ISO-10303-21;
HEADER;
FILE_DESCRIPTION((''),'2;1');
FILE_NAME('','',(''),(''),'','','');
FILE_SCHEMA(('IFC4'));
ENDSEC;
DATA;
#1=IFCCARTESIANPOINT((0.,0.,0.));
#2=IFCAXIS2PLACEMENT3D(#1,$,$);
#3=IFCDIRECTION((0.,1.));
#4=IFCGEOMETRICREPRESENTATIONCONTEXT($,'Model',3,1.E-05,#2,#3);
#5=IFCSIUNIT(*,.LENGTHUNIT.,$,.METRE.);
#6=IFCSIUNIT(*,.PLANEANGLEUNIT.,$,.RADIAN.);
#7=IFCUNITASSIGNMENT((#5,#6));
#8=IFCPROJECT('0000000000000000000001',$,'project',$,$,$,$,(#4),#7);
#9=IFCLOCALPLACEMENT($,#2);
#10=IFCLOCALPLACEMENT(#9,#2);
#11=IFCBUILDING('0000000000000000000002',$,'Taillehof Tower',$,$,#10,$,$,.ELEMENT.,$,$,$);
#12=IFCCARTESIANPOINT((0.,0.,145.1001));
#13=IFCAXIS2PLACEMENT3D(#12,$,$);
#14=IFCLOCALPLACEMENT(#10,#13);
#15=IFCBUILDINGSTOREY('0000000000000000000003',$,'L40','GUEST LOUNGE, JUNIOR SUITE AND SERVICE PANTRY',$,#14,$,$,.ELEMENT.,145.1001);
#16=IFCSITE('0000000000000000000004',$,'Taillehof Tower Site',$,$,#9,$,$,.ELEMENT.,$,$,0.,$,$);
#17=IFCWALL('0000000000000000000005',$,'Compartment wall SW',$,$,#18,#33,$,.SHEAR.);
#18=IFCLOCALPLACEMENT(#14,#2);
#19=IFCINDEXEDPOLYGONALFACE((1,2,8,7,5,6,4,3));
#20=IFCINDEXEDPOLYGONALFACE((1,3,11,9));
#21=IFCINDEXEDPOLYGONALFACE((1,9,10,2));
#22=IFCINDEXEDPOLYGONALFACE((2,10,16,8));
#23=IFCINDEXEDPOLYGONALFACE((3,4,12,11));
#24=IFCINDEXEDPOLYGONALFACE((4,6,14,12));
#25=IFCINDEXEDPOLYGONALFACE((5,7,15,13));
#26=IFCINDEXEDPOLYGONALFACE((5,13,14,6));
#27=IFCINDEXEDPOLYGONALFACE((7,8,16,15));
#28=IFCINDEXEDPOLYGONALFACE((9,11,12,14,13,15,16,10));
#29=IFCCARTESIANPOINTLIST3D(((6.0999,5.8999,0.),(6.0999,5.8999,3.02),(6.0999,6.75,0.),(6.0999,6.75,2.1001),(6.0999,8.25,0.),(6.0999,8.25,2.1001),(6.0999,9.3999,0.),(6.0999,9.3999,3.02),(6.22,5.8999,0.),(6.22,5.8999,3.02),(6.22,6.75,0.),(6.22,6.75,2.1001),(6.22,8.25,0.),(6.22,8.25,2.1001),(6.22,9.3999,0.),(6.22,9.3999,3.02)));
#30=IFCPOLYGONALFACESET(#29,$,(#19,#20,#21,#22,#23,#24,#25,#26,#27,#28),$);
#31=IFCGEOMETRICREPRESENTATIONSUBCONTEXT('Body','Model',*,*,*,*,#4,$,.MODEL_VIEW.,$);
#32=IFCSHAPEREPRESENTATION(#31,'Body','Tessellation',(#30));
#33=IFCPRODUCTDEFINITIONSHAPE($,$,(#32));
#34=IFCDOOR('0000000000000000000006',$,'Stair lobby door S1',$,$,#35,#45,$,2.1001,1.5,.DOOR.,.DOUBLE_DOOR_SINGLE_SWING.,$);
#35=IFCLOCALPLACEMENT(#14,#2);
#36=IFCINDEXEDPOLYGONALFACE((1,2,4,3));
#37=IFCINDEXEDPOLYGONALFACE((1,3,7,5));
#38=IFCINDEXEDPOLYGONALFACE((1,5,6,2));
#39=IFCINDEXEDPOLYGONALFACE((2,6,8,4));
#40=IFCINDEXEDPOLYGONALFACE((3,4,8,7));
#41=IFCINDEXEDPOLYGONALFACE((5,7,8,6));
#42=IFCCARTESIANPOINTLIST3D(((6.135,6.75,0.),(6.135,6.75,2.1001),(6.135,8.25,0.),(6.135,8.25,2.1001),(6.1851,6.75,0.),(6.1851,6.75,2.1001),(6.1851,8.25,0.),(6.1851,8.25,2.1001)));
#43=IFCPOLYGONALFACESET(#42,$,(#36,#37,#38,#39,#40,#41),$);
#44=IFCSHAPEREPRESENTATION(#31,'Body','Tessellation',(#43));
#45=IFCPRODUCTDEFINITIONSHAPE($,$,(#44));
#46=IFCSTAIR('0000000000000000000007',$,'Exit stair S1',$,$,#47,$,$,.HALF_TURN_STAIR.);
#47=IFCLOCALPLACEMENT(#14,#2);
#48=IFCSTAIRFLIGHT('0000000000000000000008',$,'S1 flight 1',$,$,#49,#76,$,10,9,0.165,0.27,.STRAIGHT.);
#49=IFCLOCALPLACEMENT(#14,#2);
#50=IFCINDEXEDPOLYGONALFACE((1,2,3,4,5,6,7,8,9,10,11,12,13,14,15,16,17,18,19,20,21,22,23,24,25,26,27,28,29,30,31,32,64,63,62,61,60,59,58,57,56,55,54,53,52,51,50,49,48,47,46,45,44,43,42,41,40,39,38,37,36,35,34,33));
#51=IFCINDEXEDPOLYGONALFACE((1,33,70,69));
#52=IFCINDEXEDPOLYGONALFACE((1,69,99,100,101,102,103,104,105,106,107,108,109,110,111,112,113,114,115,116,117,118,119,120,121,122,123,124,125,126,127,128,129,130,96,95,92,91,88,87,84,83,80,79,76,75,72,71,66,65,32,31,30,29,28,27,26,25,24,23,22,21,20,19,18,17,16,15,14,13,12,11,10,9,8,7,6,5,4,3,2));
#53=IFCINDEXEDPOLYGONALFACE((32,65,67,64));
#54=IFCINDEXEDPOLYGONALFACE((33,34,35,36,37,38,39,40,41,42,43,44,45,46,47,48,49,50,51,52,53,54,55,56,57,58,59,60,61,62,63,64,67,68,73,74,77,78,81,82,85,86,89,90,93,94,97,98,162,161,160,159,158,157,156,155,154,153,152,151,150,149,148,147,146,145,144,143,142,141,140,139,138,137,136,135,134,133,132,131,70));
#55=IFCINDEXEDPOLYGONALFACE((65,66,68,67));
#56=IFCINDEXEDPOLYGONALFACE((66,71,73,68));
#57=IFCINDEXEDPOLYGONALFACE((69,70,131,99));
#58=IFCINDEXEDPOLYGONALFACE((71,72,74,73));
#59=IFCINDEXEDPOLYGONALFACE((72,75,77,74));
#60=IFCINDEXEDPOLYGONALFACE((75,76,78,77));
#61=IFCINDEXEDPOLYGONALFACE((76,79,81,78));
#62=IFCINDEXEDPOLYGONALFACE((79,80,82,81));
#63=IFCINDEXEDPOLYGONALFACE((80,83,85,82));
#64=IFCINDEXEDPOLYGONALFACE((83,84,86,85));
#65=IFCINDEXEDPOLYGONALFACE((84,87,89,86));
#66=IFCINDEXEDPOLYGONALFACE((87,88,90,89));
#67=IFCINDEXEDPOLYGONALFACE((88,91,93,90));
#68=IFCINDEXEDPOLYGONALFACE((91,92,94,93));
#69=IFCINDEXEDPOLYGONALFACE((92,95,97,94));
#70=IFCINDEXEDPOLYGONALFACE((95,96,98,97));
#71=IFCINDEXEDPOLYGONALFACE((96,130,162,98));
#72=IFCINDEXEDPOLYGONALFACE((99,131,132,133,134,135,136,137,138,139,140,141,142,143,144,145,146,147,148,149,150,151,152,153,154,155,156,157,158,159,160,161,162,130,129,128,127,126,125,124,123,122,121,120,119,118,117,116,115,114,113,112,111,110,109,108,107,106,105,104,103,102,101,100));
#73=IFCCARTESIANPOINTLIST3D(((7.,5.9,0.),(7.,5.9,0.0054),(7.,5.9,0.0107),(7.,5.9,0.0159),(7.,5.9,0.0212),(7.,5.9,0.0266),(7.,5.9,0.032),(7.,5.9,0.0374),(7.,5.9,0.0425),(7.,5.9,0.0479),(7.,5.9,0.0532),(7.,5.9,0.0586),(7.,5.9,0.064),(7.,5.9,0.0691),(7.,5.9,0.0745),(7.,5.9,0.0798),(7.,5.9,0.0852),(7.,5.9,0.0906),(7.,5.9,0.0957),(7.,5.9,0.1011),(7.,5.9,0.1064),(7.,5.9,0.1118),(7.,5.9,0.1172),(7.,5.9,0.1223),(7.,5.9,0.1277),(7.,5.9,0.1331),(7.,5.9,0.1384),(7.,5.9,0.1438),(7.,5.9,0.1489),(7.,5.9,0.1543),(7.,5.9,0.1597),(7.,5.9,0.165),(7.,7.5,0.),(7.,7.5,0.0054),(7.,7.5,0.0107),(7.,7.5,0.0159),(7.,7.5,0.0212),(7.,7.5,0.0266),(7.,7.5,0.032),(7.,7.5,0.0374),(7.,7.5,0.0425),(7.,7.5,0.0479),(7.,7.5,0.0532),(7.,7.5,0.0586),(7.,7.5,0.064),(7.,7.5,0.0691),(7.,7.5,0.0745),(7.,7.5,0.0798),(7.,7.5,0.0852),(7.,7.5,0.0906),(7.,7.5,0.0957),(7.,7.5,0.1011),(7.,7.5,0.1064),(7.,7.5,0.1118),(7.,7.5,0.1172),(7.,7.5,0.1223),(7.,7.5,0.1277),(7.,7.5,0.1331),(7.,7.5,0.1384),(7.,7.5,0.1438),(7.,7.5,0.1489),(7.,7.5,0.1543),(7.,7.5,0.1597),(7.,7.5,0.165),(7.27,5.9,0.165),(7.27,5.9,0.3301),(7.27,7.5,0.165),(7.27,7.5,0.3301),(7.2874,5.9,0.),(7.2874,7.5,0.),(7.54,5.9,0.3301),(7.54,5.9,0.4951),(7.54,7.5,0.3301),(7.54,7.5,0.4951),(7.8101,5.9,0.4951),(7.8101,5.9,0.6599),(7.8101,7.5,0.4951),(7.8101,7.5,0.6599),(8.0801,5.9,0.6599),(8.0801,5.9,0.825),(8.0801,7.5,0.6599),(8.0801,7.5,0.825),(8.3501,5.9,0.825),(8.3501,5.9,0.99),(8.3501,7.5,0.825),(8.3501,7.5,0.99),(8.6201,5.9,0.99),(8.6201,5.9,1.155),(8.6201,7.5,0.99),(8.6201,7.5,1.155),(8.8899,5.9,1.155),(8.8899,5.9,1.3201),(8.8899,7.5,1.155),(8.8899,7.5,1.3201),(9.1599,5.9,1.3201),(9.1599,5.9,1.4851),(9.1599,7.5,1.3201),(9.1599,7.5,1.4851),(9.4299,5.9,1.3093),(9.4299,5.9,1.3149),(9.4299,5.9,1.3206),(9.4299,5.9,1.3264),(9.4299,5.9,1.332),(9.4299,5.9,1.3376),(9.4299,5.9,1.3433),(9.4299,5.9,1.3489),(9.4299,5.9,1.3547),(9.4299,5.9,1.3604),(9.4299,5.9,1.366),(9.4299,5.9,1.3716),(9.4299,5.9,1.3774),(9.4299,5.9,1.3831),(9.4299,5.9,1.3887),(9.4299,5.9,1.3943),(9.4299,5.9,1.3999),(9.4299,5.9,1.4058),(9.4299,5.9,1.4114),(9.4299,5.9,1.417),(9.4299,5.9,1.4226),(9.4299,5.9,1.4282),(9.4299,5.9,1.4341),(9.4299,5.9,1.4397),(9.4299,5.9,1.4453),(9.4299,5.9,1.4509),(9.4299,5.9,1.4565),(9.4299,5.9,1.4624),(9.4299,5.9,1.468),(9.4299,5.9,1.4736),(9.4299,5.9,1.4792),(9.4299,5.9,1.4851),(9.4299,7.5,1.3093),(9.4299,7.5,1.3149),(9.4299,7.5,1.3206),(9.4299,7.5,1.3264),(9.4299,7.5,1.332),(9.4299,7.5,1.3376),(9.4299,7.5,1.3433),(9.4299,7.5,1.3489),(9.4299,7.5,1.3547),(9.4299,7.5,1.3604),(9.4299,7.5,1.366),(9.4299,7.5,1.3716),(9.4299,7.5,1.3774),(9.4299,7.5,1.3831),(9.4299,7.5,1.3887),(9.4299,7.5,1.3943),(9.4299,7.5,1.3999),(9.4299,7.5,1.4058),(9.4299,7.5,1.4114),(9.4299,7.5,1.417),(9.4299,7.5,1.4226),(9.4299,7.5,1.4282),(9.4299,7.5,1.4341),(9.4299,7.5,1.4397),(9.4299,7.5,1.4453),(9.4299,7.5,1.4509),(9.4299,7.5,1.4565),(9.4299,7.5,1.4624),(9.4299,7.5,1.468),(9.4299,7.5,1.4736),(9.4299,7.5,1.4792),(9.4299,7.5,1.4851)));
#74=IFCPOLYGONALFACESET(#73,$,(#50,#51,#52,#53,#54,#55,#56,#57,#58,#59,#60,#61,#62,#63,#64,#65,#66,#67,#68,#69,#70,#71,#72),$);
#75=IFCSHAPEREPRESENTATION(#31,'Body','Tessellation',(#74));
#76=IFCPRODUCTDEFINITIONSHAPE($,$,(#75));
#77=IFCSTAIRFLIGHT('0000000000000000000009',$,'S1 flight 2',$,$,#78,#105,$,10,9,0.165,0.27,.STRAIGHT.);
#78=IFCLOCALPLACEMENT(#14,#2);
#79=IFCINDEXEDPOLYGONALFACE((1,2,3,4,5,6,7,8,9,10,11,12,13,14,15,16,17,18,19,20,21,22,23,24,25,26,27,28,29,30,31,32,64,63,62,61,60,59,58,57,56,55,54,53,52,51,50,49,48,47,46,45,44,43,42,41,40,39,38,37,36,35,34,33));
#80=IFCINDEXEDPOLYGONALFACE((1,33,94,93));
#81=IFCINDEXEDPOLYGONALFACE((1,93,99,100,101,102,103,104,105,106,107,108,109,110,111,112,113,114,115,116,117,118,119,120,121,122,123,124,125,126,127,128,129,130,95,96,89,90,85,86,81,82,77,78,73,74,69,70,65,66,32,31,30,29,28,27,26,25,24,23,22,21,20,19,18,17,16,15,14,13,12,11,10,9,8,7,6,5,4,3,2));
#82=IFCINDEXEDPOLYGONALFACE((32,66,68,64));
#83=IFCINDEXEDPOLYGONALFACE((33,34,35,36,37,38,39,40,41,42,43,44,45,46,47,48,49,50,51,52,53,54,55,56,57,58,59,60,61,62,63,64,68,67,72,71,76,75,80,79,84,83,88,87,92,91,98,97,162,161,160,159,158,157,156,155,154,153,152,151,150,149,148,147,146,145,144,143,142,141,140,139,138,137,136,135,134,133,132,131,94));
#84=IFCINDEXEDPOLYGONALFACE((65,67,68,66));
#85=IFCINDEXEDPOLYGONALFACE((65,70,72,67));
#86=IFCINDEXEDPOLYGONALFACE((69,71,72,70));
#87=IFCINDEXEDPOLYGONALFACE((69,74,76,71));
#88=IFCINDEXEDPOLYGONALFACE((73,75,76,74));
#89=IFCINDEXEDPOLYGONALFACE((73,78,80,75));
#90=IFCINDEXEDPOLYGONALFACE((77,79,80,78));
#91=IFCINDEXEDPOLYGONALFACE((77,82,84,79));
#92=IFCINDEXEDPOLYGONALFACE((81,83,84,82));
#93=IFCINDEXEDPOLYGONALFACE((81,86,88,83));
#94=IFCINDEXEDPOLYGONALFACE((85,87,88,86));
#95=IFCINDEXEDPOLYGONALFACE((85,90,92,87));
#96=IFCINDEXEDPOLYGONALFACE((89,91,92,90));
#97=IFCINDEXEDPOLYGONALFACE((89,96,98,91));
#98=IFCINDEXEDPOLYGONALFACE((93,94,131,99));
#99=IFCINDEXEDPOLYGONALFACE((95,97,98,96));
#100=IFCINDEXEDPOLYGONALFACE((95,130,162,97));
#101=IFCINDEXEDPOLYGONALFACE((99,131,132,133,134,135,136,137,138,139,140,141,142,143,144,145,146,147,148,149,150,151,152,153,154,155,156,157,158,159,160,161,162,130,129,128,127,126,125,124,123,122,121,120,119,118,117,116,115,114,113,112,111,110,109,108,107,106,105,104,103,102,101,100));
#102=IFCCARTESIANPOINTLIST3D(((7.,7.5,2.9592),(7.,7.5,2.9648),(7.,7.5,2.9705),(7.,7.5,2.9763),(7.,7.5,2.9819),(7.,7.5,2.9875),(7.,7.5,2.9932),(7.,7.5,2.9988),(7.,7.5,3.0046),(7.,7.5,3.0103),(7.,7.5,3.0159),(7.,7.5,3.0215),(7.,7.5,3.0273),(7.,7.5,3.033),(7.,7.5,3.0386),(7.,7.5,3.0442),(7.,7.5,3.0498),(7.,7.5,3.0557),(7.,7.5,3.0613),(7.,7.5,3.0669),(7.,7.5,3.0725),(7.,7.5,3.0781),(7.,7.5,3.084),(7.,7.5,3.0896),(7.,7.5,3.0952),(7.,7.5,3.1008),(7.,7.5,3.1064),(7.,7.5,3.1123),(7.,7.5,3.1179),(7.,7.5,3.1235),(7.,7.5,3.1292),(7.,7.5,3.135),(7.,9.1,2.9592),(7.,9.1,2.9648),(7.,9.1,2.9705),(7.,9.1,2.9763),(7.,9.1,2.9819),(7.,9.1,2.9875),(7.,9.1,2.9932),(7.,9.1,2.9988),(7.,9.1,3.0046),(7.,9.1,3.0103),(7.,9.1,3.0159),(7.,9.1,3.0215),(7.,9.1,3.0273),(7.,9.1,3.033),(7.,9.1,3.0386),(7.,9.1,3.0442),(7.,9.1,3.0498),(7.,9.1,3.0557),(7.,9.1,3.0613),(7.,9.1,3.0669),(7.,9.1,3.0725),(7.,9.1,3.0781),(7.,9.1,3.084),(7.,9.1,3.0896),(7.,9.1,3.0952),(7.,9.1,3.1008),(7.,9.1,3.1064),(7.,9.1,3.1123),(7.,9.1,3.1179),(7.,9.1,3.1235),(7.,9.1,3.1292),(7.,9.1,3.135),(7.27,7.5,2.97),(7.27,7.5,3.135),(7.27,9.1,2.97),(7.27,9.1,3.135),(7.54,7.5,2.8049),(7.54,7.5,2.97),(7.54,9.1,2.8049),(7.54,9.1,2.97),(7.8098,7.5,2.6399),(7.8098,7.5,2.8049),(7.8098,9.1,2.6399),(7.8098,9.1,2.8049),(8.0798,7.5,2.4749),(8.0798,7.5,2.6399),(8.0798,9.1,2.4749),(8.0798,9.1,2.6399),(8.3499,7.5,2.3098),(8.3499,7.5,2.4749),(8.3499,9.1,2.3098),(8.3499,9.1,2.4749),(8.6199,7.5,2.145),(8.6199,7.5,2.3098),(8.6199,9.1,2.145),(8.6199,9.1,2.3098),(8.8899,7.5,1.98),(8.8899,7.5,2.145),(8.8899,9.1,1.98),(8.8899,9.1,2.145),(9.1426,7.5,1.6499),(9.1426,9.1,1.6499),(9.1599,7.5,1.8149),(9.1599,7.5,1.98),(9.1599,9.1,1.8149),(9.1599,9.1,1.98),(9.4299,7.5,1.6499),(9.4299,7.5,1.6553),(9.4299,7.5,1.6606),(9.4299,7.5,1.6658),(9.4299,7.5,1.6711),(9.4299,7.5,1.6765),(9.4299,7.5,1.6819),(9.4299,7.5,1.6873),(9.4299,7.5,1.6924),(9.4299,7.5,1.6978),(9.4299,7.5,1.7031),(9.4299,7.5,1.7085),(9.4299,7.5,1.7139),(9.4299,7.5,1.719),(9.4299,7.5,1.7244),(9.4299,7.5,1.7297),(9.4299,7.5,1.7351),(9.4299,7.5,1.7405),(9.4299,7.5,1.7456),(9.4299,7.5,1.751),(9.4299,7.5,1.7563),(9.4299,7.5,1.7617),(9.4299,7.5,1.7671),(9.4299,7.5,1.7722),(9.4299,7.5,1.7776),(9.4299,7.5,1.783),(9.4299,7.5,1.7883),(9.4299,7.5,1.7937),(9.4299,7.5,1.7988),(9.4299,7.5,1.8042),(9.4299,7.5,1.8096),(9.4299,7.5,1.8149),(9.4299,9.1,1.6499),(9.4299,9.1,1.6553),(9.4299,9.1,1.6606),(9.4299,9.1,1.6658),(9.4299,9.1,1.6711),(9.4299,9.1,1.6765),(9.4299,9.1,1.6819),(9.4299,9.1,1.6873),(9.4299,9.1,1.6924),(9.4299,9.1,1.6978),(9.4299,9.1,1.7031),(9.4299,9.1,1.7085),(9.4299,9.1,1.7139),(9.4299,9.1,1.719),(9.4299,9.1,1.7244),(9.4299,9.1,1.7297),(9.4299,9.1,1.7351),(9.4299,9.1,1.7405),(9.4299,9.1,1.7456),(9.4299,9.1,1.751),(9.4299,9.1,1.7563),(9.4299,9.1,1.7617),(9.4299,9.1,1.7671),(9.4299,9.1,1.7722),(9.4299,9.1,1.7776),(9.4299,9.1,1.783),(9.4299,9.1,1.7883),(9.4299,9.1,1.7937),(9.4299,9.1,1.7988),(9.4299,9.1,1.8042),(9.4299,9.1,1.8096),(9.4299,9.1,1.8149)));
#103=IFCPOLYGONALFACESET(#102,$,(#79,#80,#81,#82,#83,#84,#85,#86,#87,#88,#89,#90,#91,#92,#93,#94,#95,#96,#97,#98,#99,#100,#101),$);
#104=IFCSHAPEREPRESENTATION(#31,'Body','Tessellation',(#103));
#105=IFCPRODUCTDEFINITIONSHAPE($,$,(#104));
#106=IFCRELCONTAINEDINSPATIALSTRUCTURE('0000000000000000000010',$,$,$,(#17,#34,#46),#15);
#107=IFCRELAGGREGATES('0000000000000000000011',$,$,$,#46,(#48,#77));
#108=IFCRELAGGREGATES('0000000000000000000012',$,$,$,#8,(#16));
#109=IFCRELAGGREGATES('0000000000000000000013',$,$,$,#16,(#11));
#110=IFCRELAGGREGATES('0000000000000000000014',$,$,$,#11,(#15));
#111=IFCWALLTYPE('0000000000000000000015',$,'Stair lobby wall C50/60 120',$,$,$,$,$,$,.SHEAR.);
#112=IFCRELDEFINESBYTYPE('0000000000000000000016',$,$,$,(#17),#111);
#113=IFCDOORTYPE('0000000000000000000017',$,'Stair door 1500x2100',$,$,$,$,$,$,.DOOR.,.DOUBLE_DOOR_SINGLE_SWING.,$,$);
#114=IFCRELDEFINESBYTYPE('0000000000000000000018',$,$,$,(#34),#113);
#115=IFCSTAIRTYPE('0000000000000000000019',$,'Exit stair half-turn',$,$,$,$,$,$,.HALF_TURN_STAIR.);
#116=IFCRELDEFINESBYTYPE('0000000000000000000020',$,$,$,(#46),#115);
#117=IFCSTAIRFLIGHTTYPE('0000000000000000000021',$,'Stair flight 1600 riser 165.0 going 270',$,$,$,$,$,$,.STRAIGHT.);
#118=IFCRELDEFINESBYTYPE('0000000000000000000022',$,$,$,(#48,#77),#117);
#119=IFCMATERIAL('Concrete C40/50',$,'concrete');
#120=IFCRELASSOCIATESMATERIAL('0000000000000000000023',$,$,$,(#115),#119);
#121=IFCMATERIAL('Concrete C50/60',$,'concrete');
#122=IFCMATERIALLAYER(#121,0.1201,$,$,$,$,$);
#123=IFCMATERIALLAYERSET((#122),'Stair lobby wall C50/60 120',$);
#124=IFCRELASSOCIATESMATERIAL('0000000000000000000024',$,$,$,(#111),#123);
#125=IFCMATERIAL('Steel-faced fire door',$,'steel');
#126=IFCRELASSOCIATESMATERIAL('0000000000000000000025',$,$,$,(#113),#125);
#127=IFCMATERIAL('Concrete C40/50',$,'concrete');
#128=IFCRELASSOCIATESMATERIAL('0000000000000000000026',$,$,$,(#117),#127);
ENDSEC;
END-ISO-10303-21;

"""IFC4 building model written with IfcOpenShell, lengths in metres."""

from ifc_helpers import new_model, si_unit, direction, frame, frame_2d, origin, place, context, subcontext, project, spatial, polyline, rectangle, outline, extrude, material, layer, layer_set, type_object, element, fill, aggregate, save


model = new_model("IFC4")

# Units and contexts
model_context = context("Model", 3, precision=1e-05, world=origin(), true_north=direction((0.0, 1.0)))
body_context = subcontext(model_context, "Body", "Model", "MODEL_VIEW")
ifc_project = project(units=[si_unit("LENGTHUNIT", "METRE"), si_unit("PLANEANGLEUNIT", "RADIAN")], contexts=[model_context])

# Site, building, storey
site_placement = place(None, origin())
site = spatial("IfcSite", under=ifc_project, at=site_placement, Name="Taillehof Tower Site", CompositionType="ELEMENT", RefElevation=0.0)
building_placement = place(site_placement, origin())
building = spatial("IfcBuilding", under=site, at=building_placement, Name="Taillehof Tower", CompositionType="ELEMENT")
storey_placement = place(building_placement, frame((0.0, 0.0, 145.1001)))
storey = spatial("IfcBuildingStorey", under=building, at=storey_placement, Name="L40", Description="GUEST LOUNGE, JUNIOR SUITE AND SERVICE PANTRY", CompositionType="ELEMENT", Elevation=145.1001)

# Shared definitions
ifc_material_1 = material(Name="Concrete C40/50", Category="concrete")
stair_type = type_object("IfcStairType", Name="Exit stair half-turn", PredefinedType="HALF_TURN_STAIR", material=ifc_material_1)

# Wall, opening, door
ifc_material_2 = material(Name="Concrete C50/60", Category="concrete")
ifc_layer_1 = layer(ifc_material_2, 0.1201)
ifc_layer_set_1 = layer_set([ifc_layer_1], Name="Stair lobby wall C50/60 120")
wall_type_1 = type_object("IfcWallType", Name="Stair lobby wall C50/60 120", PredefinedType="SHEAR", material=ifc_layer_set_1)
wall_1_placement = place(storey_placement, frame((6.1599, 5.8999, 0.0), z_axis=(0.0, 0.0, 1.0), x_axis=(0.0, 1.0, 0.0)))
wall_1 = element("IfcWall", 1, at=wall_1_placement, inside=storey, type_object=wall_type_1, Name="Compartment wall SW", PredefinedType="SHEAR", context=body_context, shape_type="SweptSolid", body=[
    extrude(rectangle(XDim=3.5, YDim=0.1201, at=frame_2d((1.75, 0.0))), origin(), (0.0, 0.0, 1.0), 3.02),
])
opening_1_placement = place(wall_1_placement, frame((0.8501, 0.0, 0.0)))
opening_1 = element("IfcOpeningElement", 2, at=opening_1_placement, cuts=wall_1, PredefinedType="OPENING", context=body_context, shape_type="SweptSolid", body=[
    extrude(rectangle(XDim=1.5, YDim=2.1001, at=frame_2d((0.75, 1.05))), frame((0.0, 0.0701, 0.0), z_axis=(0.0, -1.0, 0.0), x_axis=(1.0, 0.0, 0.0)), (0.0, 0.0, 1.0), 0.1401),
])
ifc_material_3 = material(Name="Steel-faced fire door", Category="steel")
door_type_1 = type_object("IfcDoorType", Name="Stair door 1500x2100", OperationType="DOUBLE_DOOR_SINGLE_SWING", PredefinedType="DOOR", material=ifc_material_3)
door_1_placement = place(opening_1_placement, origin())
door_1 = element("IfcDoor", 3, at=door_1_placement, inside=storey, type_object=door_type_1, Name="Stair lobby door S1", OperationType="DOUBLE_DOOR_SINGLE_SWING", OverallHeight=2.1001, OverallWidth=1.5, PredefinedType="DOOR", context=body_context, shape_type="SweptSolid", body=[
    extrude(rectangle(XDim=1.5, YDim=2.1001, at=frame_2d((0.75, 1.05))), frame((0.0, 0.0249, 0.0), z_axis=(0.0, -1.0, 0.0), x_axis=(1.0, 0.0, 0.0)), (0.0, 0.0, 1.0), 0.05),
])
fill(opening_1, door_1)

# Stair, stair flights
stair_1_placement = place(storey_placement, origin())
stair_1 = element("IfcStair", 4, at=stair_1_placement, inside=storey, type_object=stair_type, Name="Exit stair S1", PredefinedType="HALF_TURN_STAIR")
ifc_material_4 = material(Name="Concrete C40/50", Category="concrete")
stair_flight_type = type_object("IfcStairFlightType", Name="Stair flight 1600 riser 165.0 going 270", PredefinedType="STRAIGHT", material=ifc_material_4)
stair_flight_1_placement = place(storey_placement, frame((7.0, 6.7, 0.0), z_axis=(0.0, 0.0, 1.0), x_axis=(1.0, 0.0, 0.0)))
stair_flight_1 = element("IfcStairFlight", 5, at=stair_flight_1_placement, type_object=stair_flight_type, Name="S1 flight 1", NumberOfRisers=10, NumberOfTreads=9, PredefinedType="STRAIGHT", RiserHeight=0.165, TreadLength=0.27, context=body_context, shape_type="SweptSolid", body=[
    extrude(outline(polyline([(0.0, 0.0), (0.0, 0.0054), (0.0, 0.0107), (0.0, 0.0159), (0.0, 0.0212), (0.0, 0.0266), (0.0, 0.032), (0.0, 0.0374), (0.0, 0.0425), (0.0, 0.0479), (0.0, 0.0532), (0.0, 0.0586), (0.0, 0.064), (0.0, 0.0691), (0.0, 0.0745), (0.0, 0.0798), (0.0, 0.0852), (0.0, 0.0906), (0.0, 0.0957), (0.0, 0.1011), (0.0, 0.1064), (0.0, 0.1118), (0.0, 0.1172), (0.0, 0.1223), (0.0, 0.1277), (0.0, 0.1331), (0.0, 0.1384), (0.0, 0.1438), (0.0, 0.1489), (0.0, 0.1543), (0.0, 0.1597), (0.0, 0.165), (0.27, 0.165), (0.27, 0.3301), (0.54, 0.3301), (0.54, 0.4951), (0.8101, 0.4951), (0.8101, 0.6599), (1.0801, 0.6599), (1.0801, 0.825), (1.3501, 0.825), (1.3501, 0.99), (1.6201, 0.99), (1.6201, 1.155), (1.8899, 1.155), (1.8899, 1.3201), (2.1599, 1.3201), (2.1599, 1.4851), (2.4299, 1.4851), (2.4299, 1.4792), (2.4299, 1.4736), (2.4299, 1.468), (2.4299, 1.4624), (2.4299, 1.4565), (2.4299, 1.4509), (2.4299, 1.4453), (2.4299, 1.4397), (2.4299, 1.4341), (2.4299, 1.4282), (2.4299, 1.4226), (2.4299, 1.417), (2.4299, 1.4114), (2.4299, 1.4058), (2.4299, 1.3999), (2.4299, 1.3943), (2.4299, 1.3887), (2.4299, 1.3831), (2.4299, 1.3774), (2.4299, 1.3716), (2.4299, 1.366), (2.4299, 1.3604), (2.4299, 1.3547), (2.4299, 1.3489), (2.4299, 1.3433), (2.4299, 1.3376), (2.4299, 1.332), (2.4299, 1.3264), (2.4299, 1.3206), (2.4299, 1.3149), (2.4299, 1.3093), (0.2874, 0.0), (0.0, 0.0)])), frame((0.0, 0.8, 0.0), z_axis=(0.0, -1.0, 0.0), x_axis=(1.0, 0.0, 0.0)), (0.0, 0.0, 1.0), 1.6),
])
stair_flight_2_placement = place(storey_placement, frame((9.4299, 8.3, 1.6499), z_axis=(0.0, 0.0, 1.0), x_axis=(-1.0, 0.0, 0.0)))
stair_flight_2 = element("IfcStairFlight", 6, at=stair_flight_2_placement, type_object=stair_flight_type, Name="S1 flight 2", NumberOfRisers=10, NumberOfTreads=9, PredefinedType="STRAIGHT", RiserHeight=0.165, TreadLength=0.27, context=body_context, shape_type="SweptSolid", body=[
    extrude(outline(polyline([(0.0, 0.0), (0.0, 0.0054), (0.0, 0.0107), (0.0, 0.0159), (0.0, 0.0212), (0.0, 0.0266), (0.0, 0.032), (0.0, 0.0374), (0.0, 0.0425), (0.0, 0.0479), (0.0, 0.0532), (0.0, 0.0586), (0.0, 0.064), (0.0, 0.0691), (0.0, 0.0745), (0.0, 0.0798), (0.0, 0.0852), (0.0, 0.0906), (0.0, 0.0957), (0.0, 0.1011), (0.0, 0.1064), (0.0, 0.1118), (0.0, 0.1172), (0.0, 0.1223), (0.0, 0.1277), (0.0, 0.1331), (0.0, 0.1384), (0.0, 0.1438), (0.0, 0.1489), (0.0, 0.1543), (0.0, 0.1597), (0.0, 0.165), (0.27, 0.165), (0.27, 0.3301), (0.54, 0.3301), (0.54, 0.4951), (0.8101, 0.4951), (0.8101, 0.6599), (1.0801, 0.6599), (1.0801, 0.825), (1.3501, 0.825), (1.3501, 0.99), (1.6201, 0.99), (1.6201, 1.155), (1.8899, 1.155), (1.8899, 1.3201), (2.1599, 1.3201), (2.1599, 1.4851), (2.4299, 1.4851), (2.4299, 1.4792), (2.4299, 1.4736), (2.4299, 1.468), (2.4299, 1.4624), (2.4299, 1.4565), (2.4299, 1.4509), (2.4299, 1.4453), (2.4299, 1.4397), (2.4299, 1.4341), (2.4299, 1.4282), (2.4299, 1.4226), (2.4299, 1.417), (2.4299, 1.4114), (2.4299, 1.4058), (2.4299, 1.3999), (2.4299, 1.3943), (2.4299, 1.3887), (2.4299, 1.3831), (2.4299, 1.3774), (2.4299, 1.3716), (2.4299, 1.366), (2.4299, 1.3604), (2.4299, 1.3547), (2.4299, 1.3489), (2.4299, 1.3433), (2.4299, 1.3376), (2.4299, 1.332), (2.4299, 1.3264), (2.4299, 1.3206), (2.4299, 1.3149), (2.4299, 1.3093), (0.2874, 0.0), (0.0, 0.0)])), frame((0.0, 0.8, 0.0), z_axis=(0.0, -1.0, 0.0), x_axis=(1.0, 0.0, 0.0)), (0.0, 0.0, 1.0), 1.6),
])
aggregate(stair_1, [stair_flight_1, stair_flight_2])

save(model, "model.ifc")
